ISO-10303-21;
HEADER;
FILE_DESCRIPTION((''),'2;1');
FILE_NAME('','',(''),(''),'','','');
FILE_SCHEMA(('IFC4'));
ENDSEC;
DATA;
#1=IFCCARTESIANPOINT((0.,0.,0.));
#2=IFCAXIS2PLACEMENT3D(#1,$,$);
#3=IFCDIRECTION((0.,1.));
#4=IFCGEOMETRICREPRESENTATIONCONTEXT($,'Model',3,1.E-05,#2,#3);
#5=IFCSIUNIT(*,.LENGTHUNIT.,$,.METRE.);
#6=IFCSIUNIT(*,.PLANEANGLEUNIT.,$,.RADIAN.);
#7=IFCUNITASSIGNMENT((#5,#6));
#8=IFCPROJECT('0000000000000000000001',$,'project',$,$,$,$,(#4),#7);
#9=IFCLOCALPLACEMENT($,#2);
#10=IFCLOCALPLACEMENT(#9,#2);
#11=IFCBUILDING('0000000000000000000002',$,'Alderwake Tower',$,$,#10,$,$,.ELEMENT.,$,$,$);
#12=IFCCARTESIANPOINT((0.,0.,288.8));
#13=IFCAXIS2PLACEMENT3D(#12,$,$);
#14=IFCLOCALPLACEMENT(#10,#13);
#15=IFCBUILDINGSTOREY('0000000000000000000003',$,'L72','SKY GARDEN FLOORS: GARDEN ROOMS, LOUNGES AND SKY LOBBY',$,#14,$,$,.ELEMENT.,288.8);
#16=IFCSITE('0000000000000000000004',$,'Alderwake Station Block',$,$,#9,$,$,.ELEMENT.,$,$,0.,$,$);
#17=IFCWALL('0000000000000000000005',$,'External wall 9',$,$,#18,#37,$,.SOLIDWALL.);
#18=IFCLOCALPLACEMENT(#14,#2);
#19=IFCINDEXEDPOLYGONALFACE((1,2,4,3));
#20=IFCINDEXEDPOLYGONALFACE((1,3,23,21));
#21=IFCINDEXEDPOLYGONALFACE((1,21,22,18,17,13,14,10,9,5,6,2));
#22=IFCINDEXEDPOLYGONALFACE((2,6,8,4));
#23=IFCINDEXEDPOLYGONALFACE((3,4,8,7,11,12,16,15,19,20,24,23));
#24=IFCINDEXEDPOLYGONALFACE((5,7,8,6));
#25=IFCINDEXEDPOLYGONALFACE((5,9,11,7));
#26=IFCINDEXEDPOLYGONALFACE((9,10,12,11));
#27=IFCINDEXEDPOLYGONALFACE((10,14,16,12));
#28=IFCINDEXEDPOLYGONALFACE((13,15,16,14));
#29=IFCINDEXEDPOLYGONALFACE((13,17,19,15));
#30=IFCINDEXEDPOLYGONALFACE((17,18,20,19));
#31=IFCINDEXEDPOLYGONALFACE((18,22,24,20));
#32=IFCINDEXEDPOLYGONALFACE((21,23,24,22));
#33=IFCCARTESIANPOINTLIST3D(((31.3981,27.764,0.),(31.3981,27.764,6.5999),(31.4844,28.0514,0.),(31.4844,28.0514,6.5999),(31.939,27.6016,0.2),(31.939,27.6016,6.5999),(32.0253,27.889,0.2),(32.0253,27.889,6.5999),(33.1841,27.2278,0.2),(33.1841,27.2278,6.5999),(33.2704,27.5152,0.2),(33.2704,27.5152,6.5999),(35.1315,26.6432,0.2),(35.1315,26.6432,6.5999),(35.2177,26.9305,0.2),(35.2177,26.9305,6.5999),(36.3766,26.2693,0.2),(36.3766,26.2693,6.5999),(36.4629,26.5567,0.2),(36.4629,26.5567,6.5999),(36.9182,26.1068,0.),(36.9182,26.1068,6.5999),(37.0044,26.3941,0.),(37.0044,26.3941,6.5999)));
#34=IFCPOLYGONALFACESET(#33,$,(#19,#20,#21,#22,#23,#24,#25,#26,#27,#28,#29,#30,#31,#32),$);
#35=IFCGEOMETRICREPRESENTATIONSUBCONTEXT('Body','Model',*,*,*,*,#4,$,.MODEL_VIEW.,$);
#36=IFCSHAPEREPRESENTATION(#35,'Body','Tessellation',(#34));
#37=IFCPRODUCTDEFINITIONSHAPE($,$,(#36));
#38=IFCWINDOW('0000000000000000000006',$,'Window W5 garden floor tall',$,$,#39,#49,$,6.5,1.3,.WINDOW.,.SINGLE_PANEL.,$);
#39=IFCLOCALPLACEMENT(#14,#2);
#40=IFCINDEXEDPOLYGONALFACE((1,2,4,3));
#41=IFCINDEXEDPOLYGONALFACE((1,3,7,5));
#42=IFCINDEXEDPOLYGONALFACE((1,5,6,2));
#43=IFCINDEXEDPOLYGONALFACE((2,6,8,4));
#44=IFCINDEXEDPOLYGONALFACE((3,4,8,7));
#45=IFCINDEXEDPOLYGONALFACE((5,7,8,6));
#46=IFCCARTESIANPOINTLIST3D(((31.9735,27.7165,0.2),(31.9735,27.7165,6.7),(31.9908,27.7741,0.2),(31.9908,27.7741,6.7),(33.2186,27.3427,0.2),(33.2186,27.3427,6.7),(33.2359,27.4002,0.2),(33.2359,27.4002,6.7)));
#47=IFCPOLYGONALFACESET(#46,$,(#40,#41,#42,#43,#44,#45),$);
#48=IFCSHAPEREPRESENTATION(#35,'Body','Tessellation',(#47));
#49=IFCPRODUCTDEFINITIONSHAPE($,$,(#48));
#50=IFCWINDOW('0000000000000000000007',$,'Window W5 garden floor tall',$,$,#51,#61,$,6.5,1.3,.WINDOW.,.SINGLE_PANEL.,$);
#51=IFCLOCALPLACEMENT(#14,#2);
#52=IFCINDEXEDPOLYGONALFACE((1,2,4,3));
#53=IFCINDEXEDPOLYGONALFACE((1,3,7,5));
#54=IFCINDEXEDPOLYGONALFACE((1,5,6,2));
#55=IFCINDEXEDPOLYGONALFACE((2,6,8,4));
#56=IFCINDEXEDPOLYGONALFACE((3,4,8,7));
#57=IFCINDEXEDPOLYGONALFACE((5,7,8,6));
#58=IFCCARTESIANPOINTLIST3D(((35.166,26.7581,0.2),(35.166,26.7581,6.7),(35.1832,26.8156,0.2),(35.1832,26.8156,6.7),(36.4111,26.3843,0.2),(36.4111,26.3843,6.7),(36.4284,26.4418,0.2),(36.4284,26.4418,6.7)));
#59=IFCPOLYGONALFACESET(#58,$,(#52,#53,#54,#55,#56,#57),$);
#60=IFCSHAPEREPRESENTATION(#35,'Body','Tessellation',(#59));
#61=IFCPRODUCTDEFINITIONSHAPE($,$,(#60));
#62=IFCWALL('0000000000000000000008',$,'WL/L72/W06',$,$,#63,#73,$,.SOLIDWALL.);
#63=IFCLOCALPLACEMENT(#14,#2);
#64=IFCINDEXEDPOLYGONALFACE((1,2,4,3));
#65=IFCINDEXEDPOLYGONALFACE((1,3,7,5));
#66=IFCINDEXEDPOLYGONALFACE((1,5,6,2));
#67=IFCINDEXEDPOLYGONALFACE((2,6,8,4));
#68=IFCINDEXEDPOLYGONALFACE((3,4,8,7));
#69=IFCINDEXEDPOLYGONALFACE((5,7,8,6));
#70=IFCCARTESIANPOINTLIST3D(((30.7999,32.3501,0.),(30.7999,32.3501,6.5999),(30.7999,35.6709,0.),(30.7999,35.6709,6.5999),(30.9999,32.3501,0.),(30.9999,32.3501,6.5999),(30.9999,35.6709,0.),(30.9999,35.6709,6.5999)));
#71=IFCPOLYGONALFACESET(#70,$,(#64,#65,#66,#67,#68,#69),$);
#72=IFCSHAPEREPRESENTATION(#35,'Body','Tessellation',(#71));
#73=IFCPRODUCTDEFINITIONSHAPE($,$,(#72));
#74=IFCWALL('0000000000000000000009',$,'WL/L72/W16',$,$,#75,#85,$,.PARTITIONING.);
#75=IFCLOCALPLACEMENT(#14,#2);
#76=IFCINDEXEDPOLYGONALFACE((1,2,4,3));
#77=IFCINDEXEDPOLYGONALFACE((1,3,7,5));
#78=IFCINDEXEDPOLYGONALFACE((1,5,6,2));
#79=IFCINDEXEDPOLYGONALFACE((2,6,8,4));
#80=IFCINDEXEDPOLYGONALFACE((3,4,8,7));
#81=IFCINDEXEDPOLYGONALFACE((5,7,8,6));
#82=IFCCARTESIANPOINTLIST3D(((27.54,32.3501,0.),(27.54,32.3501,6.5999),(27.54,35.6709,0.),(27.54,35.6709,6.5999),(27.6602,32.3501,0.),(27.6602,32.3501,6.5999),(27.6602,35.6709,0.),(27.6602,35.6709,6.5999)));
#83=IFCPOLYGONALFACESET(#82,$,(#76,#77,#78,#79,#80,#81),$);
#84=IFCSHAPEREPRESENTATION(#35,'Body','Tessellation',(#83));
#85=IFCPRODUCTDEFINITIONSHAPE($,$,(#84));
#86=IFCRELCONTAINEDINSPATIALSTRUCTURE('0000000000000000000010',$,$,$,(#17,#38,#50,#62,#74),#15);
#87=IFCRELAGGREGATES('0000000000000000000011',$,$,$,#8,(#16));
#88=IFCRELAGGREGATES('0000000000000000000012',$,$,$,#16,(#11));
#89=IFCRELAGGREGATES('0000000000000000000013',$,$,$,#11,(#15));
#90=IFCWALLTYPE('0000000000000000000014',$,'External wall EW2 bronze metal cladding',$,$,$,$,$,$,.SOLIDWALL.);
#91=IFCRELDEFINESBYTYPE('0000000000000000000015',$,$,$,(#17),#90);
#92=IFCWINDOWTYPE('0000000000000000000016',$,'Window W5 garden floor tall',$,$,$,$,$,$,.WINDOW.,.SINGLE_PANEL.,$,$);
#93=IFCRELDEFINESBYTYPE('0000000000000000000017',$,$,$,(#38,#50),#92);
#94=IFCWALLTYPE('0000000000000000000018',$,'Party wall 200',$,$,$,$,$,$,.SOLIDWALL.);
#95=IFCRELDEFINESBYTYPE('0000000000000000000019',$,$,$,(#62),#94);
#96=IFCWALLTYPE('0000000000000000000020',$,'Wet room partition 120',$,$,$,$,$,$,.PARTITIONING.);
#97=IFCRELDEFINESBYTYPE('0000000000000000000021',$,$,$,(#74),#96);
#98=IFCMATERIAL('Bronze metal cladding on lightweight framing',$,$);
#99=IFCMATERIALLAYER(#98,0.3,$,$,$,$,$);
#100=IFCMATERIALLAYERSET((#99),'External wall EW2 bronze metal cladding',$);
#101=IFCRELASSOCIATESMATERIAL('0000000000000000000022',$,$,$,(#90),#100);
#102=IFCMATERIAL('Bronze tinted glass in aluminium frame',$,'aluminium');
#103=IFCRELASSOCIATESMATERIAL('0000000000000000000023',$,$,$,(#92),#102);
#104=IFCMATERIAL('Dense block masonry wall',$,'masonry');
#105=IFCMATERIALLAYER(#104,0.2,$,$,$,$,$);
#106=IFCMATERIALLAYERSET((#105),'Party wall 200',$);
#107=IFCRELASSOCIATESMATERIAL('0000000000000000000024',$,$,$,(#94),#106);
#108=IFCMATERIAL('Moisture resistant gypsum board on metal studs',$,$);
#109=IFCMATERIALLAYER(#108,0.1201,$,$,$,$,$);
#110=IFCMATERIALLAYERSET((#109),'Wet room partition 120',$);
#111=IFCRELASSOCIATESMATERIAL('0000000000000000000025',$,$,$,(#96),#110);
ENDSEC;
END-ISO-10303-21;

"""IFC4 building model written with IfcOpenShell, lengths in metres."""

from ifc_helpers import new_model, si_unit, direction, frame, frame_2d, origin, place, context, subcontext, project, spatial, rectangle, extrude, material, layer, layer_set, type_object, element, fill, save


model = new_model("IFC4")

# Units and contexts
model_context = context("Model", 3, precision=1e-05, world=origin(), true_north=direction((0.0, 1.0)))
body_context = subcontext(model_context, "Body", "Model", "MODEL_VIEW")
ifc_project = project(units=[si_unit("LENGTHUNIT", "METRE"), si_unit("PLANEANGLEUNIT", "RADIAN")], contexts=[model_context])

# Site, building, storey
site_placement = place(None, origin())
site = spatial("IfcSite", under=ifc_project, at=site_placement, Name="Alderwake Station Block", CompositionType="ELEMENT", RefElevation=0.0)
building_placement = place(site_placement, origin())
building = spatial("IfcBuilding", under=site, at=building_placement, Name="Alderwake Tower", CompositionType="ELEMENT")
storey_placement = place(building_placement, frame((0.0, 0.0, 288.8)))
storey = spatial("IfcBuildingStorey", under=building, at=storey_placement, Name="L72", Description="SKY GARDEN FLOORS: GARDEN ROOMS, LOUNGES AND SKY LOBBY", CompositionType="ELEMENT", Elevation=288.8)

# Wall, openings, windows
ifc_material_1 = material(Name="Bronze metal cladding on lightweight framing")
ifc_layer_1 = layer(ifc_material_1, 0.3)
ifc_layer_set_1 = layer_set([ifc_layer_1], Name="External wall EW2 bronze metal cladding")
wall_type_1 = type_object("IfcWallType", Name="External wall EW2 bronze metal cladding", PredefinedType="SOLIDWALL", material=ifc_layer_set_1)
wall_1_placement = place(storey_placement, frame((31.4412, 27.9077, 0.0), z_axis=(0.0, 0.0, 1.0), x_axis=(0.957768, -0.287542, 0.0)))
wall_1 = element("IfcWall", 1, at=wall_1_placement, inside=storey, type_object=wall_type_1, Name="External wall 9", PredefinedType="SOLIDWALL", context=body_context, shape_type="SweptSolid", body=[
    extrude(rectangle(XDim=5.7634, YDim=0.3, at=frame_2d((2.8818, 0.0))), origin(), (0.0, 0.0, 1.0), 6.5999),
])
opening_1_placement = place(wall_1_placement, frame((0.5649, 0.0, 0.2)))
opening_1 = element("IfcOpeningElement", 2, at=opening_1_placement, cuts=wall_1, PredefinedType="OPENING", context=body_context, shape_type="SweptSolid", body=[
    extrude(rectangle(XDim=1.3, YDim=6.5, at=frame_2d((0.6499, 3.25))), frame((0.0, 0.1599, 0.0), z_axis=(0.0, -1.0, 0.0), x_axis=(1.0, 0.0, 0.0)), (0.0, 0.0, 1.0), 0.3201),
])
opening_2_placement = place(wall_1_placement, frame((3.8982, 0.0, 0.2)))
opening_2 = element("IfcOpeningElement", 3, at=opening_2_placement, cuts=wall_1, PredefinedType="OPENING", context=body_context, shape_type="SweptSolid", body=[
    extrude(rectangle(XDim=1.3, YDim=6.5, at=frame_2d((0.6499, 3.25))), frame((0.0, 0.1599, 0.0), z_axis=(0.0, -1.0, 0.0), x_axis=(1.0, 0.0, 0.0)), (0.0, 0.0, 1.0), 0.3201),
])
ifc_material_2 = material(Name="Bronze tinted glass in aluminium frame", Category="aluminium")
window_type = type_object("IfcWindowType", Name="Window W5 garden floor tall", PartitioningType="SINGLE_PANEL", PredefinedType="WINDOW", material=ifc_material_2)
window_1_placement = place(opening_1_placement, origin())
window_1 = element("IfcWindow", 4, at=window_1_placement, inside=storey, type_object=window_type, Name="Window W5 garden floor tall", OverallHeight=6.5, OverallWidth=1.3, PartitioningType="SINGLE_PANEL", PredefinedType="WINDOW", context=body_context, shape_type="SweptSolid", body=[
    extrude(rectangle(XDim=1.3, YDim=6.5, at=frame_2d((0.6499, 3.25))), frame((0.0, 0.03, 0.0), z_axis=(0.0, -1.0, 0.0), x_axis=(1.0, 0.0, 0.0)), (0.0, 0.0, 1.0), 0.0601),
])
fill(opening_1, window_1)
window_2_placement = place(opening_2_placement, origin())
window_2 = element("IfcWindow", 5, at=window_2_placement, inside=storey, type_object=window_type, Name="Window W5 garden floor tall", OverallHeight=6.5, OverallWidth=1.3, PartitioningType="SINGLE_PANEL", PredefinedType="WINDOW", context=body_context, shape_type="SweptSolid", body=[
    extrude(rectangle(XDim=1.3, YDim=6.5, at=frame_2d((0.6499, 3.25))), frame((0.0, 0.03, 0.0), z_axis=(0.0, -1.0, 0.0), x_axis=(1.0, 0.0, 0.0)), (0.0, 0.0, 1.0), 0.0601),
])
fill(opening_2, window_2)

# Walls
ifc_material_3 = material(Name="Dense block masonry wall", Category="masonry")
ifc_layer_2 = layer(ifc_material_3, 0.2)
ifc_layer_set_2 = layer_set([ifc_layer_2], Name="Party wall 200")
wall_type_2 = type_object("IfcWallType", Name="Party wall 200", PredefinedType="SOLIDWALL", material=ifc_layer_set_2)
wall_2_placement = place(storey_placement, frame((30.8999, 32.3501, 0.0), z_axis=(0.0, 0.0, 1.0), x_axis=(0.0, 1.0, 0.0)))
element("IfcWall", 6, at=wall_2_placement, inside=storey, type_object=wall_type_2, Name="WL/L72/W06", PredefinedType="SOLIDWALL", context=body_context, shape_type="SweptSolid", body=[
    extrude(rectangle(XDim=3.3208, YDim=0.2, at=frame_2d((1.6604, 0.0))), origin(), (0.0, 0.0, 1.0), 6.5999),
])
ifc_material_4 = material(Name="Moisture resistant gypsum board on metal studs")
ifc_layer_3 = layer(ifc_material_4, 0.1201)
ifc_layer_set_3 = layer_set([ifc_layer_3], Name="Wet room partition 120")
wall_type_3 = type_object("IfcWallType", Name="Wet room partition 120", PredefinedType="PARTITIONING", material=ifc_layer_set_3)
wall_3_placement = place(storey_placement, frame((27.6001, 32.3501, 0.0), z_axis=(0.0, 0.0, 1.0), x_axis=(0.0, 1.0, 0.0)))
element("IfcWall", 7, at=wall_3_placement, inside=storey, type_object=wall_type_3, Name="WL/L72/W16", PredefinedType="PARTITIONING", context=body_context, shape_type="SweptSolid", body=[
    extrude(rectangle(XDim=3.3208, YDim=0.1201, at=frame_2d((1.6604, 0.0))), origin(), (0.0, 0.0, 1.0), 6.5999),
])

save(model, "model.ifc")
